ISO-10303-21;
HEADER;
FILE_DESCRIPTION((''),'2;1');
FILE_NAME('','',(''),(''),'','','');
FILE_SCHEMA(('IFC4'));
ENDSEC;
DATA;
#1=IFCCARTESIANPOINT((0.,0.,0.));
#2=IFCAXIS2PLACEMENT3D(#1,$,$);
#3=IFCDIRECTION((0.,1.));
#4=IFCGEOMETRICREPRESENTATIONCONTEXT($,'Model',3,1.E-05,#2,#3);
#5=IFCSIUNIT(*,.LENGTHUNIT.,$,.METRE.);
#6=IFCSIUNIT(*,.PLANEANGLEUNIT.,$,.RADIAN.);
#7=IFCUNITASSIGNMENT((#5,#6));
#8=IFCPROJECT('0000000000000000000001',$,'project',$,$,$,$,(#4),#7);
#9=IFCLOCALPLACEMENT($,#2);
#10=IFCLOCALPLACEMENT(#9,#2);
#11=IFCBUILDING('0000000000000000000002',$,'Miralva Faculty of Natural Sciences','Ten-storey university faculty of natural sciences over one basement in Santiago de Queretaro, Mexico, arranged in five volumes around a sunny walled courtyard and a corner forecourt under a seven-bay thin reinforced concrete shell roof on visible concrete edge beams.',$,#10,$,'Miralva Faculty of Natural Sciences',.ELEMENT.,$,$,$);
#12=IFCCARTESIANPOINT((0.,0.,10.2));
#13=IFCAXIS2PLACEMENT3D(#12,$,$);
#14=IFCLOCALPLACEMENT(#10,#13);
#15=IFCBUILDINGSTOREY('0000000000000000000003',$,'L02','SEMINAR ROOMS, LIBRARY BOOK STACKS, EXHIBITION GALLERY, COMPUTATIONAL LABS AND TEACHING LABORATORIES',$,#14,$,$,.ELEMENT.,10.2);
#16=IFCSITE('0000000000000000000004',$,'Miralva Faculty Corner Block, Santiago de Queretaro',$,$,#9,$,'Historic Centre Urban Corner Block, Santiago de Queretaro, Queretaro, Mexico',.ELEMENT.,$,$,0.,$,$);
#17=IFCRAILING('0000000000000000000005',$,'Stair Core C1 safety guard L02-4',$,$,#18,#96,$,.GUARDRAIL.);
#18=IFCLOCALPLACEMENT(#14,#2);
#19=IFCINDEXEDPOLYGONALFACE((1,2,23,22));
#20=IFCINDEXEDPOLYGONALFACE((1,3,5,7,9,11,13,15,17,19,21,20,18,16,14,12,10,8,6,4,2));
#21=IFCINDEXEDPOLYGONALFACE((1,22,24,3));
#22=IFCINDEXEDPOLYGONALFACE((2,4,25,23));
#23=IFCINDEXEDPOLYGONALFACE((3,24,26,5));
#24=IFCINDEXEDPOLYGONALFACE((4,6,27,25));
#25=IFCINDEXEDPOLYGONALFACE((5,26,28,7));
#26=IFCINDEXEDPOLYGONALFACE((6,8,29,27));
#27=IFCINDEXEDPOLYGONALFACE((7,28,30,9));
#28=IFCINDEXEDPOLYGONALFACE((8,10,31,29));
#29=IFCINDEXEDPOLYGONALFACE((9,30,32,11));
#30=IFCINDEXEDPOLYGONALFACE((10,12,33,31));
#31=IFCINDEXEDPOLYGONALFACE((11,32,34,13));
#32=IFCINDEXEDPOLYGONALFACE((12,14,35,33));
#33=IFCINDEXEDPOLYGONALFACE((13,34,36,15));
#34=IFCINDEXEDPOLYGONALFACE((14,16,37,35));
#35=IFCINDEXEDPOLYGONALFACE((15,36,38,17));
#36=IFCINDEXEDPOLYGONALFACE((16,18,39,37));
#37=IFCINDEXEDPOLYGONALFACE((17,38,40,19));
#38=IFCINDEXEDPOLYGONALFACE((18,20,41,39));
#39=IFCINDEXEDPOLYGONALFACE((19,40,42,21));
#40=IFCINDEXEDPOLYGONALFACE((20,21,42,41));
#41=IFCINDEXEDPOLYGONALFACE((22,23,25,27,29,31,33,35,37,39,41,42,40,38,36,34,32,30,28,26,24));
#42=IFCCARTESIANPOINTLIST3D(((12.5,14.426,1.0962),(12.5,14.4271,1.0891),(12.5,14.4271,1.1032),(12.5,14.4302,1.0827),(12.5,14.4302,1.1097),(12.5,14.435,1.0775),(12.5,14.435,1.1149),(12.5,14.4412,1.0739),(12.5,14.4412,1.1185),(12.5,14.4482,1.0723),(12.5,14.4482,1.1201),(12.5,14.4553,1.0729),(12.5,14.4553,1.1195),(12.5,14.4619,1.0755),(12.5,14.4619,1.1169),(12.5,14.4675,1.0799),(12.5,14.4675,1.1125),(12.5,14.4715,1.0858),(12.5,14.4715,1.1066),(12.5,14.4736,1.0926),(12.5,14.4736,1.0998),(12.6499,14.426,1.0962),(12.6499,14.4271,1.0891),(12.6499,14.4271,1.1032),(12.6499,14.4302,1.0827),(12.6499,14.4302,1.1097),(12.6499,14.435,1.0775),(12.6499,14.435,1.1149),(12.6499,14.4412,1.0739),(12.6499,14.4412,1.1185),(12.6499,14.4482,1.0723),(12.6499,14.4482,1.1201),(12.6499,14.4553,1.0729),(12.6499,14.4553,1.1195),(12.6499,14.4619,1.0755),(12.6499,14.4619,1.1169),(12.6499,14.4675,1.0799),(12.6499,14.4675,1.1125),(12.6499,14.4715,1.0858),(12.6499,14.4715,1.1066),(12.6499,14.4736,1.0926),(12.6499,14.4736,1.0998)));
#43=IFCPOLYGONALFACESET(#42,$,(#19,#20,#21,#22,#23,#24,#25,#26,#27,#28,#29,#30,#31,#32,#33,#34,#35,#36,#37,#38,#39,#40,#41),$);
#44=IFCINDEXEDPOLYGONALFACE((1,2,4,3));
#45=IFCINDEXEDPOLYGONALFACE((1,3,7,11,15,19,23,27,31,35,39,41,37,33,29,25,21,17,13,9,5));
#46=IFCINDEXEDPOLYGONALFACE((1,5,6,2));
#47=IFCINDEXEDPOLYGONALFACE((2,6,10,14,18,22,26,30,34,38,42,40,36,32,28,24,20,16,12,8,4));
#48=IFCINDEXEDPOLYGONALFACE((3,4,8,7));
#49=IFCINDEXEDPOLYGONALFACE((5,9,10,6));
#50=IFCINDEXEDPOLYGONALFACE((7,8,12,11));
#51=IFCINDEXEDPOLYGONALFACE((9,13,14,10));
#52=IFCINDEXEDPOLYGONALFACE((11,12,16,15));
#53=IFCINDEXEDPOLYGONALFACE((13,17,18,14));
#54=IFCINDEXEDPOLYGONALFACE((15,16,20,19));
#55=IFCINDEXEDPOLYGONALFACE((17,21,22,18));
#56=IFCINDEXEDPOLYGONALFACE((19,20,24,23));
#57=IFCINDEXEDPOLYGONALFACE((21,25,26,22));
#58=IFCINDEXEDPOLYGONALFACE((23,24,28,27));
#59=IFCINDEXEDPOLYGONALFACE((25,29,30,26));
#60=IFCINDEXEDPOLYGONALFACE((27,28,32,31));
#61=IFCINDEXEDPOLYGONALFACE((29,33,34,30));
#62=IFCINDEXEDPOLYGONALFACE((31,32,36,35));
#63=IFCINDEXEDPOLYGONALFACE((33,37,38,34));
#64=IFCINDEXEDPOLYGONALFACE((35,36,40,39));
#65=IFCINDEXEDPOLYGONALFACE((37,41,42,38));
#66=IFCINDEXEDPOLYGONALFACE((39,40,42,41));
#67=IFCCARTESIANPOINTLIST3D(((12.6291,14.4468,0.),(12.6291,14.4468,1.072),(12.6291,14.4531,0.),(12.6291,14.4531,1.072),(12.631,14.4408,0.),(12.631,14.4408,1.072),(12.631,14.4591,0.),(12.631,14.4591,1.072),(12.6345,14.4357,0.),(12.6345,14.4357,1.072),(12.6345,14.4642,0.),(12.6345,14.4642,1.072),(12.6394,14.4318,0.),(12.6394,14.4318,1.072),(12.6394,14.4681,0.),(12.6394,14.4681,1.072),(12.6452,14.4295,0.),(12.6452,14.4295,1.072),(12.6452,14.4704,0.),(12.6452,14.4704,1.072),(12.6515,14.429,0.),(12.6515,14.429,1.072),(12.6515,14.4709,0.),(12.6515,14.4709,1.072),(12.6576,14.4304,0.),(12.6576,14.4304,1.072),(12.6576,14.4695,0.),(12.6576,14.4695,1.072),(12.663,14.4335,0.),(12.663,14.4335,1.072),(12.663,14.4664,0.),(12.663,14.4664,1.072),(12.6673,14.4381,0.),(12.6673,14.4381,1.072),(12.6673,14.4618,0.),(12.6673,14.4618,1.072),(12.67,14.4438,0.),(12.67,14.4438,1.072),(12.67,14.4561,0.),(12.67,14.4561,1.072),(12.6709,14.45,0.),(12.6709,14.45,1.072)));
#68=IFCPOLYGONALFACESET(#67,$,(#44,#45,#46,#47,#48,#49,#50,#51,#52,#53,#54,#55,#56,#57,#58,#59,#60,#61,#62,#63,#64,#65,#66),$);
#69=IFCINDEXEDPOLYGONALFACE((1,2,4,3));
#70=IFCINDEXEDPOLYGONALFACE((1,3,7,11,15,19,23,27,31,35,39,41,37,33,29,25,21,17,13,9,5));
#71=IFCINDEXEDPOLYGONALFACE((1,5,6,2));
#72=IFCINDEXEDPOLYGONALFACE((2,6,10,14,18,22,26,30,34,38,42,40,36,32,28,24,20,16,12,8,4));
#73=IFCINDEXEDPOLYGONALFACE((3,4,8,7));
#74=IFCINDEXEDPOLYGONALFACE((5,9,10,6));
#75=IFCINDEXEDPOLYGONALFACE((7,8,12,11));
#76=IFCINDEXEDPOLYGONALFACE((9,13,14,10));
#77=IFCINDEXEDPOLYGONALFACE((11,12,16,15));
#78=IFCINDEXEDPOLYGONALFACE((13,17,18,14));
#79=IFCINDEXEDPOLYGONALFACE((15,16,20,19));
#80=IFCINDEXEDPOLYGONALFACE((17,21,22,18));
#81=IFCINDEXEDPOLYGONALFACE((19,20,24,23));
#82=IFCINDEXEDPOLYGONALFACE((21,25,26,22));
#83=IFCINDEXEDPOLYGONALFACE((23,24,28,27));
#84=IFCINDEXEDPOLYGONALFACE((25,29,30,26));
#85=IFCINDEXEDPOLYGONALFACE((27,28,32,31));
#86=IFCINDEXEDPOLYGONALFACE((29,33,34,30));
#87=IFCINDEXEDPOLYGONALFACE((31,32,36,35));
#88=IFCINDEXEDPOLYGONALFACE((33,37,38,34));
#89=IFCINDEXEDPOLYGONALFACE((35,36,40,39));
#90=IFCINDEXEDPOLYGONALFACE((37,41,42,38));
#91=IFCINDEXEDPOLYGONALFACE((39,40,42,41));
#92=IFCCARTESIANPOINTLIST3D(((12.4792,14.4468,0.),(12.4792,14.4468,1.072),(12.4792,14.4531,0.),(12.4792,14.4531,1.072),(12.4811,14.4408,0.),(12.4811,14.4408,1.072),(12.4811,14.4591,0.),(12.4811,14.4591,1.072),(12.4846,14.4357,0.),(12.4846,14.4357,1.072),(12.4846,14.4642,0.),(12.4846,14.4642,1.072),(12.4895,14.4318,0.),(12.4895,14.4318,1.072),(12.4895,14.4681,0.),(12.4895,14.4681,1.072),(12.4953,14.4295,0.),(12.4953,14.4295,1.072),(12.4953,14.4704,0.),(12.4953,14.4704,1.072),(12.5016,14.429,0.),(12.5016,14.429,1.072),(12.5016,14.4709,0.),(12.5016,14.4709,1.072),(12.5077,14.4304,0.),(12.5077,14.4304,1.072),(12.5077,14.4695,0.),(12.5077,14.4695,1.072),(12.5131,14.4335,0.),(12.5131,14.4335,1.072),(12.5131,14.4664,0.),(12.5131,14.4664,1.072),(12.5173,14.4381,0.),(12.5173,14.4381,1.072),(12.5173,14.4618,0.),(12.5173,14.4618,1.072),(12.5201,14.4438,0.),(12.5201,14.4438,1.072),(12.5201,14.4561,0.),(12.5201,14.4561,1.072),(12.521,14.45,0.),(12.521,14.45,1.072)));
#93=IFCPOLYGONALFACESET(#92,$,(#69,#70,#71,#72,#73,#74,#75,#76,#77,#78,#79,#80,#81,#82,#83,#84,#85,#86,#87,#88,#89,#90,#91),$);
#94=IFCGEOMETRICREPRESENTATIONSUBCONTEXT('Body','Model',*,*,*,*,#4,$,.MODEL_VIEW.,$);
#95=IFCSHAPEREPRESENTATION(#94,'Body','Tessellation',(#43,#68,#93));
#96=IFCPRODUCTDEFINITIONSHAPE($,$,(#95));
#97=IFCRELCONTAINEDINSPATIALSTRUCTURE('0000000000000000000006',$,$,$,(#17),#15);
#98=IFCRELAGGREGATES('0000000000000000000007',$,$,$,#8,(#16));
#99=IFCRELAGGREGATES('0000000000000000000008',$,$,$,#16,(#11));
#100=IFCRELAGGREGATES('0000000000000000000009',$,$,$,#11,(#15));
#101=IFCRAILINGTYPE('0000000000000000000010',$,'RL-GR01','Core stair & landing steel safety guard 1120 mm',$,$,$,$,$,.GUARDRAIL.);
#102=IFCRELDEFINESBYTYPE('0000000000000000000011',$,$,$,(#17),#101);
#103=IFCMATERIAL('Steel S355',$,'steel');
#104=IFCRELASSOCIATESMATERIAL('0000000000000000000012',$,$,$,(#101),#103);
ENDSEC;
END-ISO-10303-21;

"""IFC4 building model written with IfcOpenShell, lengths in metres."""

from ifc_helpers import new_model, si_unit, direction, frame, origin, origin_2d, place, context, subcontext, project, spatial, circle, extrude, material, type_object, element, save


model = new_model("IFC4")

# Units and contexts
model_context = context("Model", 3, precision=1e-05, world=origin(), true_north=direction((0.0, 1.0)))
body_context = subcontext(model_context, "Body", "Model", "MODEL_VIEW")
ifc_project = project(units=[si_unit("LENGTHUNIT", "METRE"), si_unit("PLANEANGLEUNIT", "RADIAN")], contexts=[model_context])

# Site, building, storey
site_placement = place(None, origin())
site = spatial("IfcSite", under=ifc_project, at=site_placement, Name="Miralva Faculty Corner Block, Santiago de Queretaro", LongName="Historic Centre Urban Corner Block, Santiago de Queretaro, Queretaro, Mexico", CompositionType="ELEMENT", RefElevation=0.0)
building_placement = place(site_placement, origin())
building = spatial("IfcBuilding", under=site, at=building_placement, Name="Miralva Faculty of Natural Sciences", Description="Ten-storey university faculty of natural sciences over one basement in Santiago de Queretaro, Mexico, arranged in five volumes around a sunny walled courtyard and a corner forecourt under a seven-bay thin reinforced concrete shell roof on visible concrete edge beams.", LongName="Miralva Faculty of Natural Sciences", CompositionType="ELEMENT")
storey_placement = place(building_placement, frame((0.0, 0.0, 10.2)))
storey = spatial("IfcBuildingStorey", under=building, at=storey_placement, Name="L02", Description="SEMINAR ROOMS, LIBRARY BOOK STACKS, EXHIBITION GALLERY, COMPUTATIONAL LABS AND TEACHING LABORATORIES", CompositionType="ELEMENT", Elevation=10.2)

# Railing
ifc_material_1 = material(Name="Steel S355", Category="steel")
railing_type_1 = type_object("IfcRailingType", Name="RL-GR01", Description="Core stair & landing steel safety guard 1120 mm", PredefinedType="GUARDRAIL", material=ifc_material_1)
railing_1_placement = place(storey_placement, frame((12.6499, 14.45, 0.0)))
element("IfcRailing", 1, at=railing_1_placement, inside=storey, type_object=railing_type_1, Name="Stair Core C1 safety guard L02-4", PredefinedType="GUARDRAIL", context=body_context, shape_type="SweptSolid", body=[
    extrude(circle(Radius=0.0239, at=origin_2d()), frame((0.0, 0.0, 1.0962), z_axis=(-1.0, 0.0, 0.0), x_axis=(0.0, -1.0, 0.0)), (0.0, 0.0, 1.0), 0.1499),
    extrude(circle(Radius=0.021, at=origin_2d()), origin(), (0.0, 0.0, 1.0), 1.072),
    extrude(circle(Radius=0.021, at=origin_2d()), frame((-0.1499, 0.0, 0.0)), (0.0, 0.0, 1.0), 1.072),
])

save(model, "model.ifc")
